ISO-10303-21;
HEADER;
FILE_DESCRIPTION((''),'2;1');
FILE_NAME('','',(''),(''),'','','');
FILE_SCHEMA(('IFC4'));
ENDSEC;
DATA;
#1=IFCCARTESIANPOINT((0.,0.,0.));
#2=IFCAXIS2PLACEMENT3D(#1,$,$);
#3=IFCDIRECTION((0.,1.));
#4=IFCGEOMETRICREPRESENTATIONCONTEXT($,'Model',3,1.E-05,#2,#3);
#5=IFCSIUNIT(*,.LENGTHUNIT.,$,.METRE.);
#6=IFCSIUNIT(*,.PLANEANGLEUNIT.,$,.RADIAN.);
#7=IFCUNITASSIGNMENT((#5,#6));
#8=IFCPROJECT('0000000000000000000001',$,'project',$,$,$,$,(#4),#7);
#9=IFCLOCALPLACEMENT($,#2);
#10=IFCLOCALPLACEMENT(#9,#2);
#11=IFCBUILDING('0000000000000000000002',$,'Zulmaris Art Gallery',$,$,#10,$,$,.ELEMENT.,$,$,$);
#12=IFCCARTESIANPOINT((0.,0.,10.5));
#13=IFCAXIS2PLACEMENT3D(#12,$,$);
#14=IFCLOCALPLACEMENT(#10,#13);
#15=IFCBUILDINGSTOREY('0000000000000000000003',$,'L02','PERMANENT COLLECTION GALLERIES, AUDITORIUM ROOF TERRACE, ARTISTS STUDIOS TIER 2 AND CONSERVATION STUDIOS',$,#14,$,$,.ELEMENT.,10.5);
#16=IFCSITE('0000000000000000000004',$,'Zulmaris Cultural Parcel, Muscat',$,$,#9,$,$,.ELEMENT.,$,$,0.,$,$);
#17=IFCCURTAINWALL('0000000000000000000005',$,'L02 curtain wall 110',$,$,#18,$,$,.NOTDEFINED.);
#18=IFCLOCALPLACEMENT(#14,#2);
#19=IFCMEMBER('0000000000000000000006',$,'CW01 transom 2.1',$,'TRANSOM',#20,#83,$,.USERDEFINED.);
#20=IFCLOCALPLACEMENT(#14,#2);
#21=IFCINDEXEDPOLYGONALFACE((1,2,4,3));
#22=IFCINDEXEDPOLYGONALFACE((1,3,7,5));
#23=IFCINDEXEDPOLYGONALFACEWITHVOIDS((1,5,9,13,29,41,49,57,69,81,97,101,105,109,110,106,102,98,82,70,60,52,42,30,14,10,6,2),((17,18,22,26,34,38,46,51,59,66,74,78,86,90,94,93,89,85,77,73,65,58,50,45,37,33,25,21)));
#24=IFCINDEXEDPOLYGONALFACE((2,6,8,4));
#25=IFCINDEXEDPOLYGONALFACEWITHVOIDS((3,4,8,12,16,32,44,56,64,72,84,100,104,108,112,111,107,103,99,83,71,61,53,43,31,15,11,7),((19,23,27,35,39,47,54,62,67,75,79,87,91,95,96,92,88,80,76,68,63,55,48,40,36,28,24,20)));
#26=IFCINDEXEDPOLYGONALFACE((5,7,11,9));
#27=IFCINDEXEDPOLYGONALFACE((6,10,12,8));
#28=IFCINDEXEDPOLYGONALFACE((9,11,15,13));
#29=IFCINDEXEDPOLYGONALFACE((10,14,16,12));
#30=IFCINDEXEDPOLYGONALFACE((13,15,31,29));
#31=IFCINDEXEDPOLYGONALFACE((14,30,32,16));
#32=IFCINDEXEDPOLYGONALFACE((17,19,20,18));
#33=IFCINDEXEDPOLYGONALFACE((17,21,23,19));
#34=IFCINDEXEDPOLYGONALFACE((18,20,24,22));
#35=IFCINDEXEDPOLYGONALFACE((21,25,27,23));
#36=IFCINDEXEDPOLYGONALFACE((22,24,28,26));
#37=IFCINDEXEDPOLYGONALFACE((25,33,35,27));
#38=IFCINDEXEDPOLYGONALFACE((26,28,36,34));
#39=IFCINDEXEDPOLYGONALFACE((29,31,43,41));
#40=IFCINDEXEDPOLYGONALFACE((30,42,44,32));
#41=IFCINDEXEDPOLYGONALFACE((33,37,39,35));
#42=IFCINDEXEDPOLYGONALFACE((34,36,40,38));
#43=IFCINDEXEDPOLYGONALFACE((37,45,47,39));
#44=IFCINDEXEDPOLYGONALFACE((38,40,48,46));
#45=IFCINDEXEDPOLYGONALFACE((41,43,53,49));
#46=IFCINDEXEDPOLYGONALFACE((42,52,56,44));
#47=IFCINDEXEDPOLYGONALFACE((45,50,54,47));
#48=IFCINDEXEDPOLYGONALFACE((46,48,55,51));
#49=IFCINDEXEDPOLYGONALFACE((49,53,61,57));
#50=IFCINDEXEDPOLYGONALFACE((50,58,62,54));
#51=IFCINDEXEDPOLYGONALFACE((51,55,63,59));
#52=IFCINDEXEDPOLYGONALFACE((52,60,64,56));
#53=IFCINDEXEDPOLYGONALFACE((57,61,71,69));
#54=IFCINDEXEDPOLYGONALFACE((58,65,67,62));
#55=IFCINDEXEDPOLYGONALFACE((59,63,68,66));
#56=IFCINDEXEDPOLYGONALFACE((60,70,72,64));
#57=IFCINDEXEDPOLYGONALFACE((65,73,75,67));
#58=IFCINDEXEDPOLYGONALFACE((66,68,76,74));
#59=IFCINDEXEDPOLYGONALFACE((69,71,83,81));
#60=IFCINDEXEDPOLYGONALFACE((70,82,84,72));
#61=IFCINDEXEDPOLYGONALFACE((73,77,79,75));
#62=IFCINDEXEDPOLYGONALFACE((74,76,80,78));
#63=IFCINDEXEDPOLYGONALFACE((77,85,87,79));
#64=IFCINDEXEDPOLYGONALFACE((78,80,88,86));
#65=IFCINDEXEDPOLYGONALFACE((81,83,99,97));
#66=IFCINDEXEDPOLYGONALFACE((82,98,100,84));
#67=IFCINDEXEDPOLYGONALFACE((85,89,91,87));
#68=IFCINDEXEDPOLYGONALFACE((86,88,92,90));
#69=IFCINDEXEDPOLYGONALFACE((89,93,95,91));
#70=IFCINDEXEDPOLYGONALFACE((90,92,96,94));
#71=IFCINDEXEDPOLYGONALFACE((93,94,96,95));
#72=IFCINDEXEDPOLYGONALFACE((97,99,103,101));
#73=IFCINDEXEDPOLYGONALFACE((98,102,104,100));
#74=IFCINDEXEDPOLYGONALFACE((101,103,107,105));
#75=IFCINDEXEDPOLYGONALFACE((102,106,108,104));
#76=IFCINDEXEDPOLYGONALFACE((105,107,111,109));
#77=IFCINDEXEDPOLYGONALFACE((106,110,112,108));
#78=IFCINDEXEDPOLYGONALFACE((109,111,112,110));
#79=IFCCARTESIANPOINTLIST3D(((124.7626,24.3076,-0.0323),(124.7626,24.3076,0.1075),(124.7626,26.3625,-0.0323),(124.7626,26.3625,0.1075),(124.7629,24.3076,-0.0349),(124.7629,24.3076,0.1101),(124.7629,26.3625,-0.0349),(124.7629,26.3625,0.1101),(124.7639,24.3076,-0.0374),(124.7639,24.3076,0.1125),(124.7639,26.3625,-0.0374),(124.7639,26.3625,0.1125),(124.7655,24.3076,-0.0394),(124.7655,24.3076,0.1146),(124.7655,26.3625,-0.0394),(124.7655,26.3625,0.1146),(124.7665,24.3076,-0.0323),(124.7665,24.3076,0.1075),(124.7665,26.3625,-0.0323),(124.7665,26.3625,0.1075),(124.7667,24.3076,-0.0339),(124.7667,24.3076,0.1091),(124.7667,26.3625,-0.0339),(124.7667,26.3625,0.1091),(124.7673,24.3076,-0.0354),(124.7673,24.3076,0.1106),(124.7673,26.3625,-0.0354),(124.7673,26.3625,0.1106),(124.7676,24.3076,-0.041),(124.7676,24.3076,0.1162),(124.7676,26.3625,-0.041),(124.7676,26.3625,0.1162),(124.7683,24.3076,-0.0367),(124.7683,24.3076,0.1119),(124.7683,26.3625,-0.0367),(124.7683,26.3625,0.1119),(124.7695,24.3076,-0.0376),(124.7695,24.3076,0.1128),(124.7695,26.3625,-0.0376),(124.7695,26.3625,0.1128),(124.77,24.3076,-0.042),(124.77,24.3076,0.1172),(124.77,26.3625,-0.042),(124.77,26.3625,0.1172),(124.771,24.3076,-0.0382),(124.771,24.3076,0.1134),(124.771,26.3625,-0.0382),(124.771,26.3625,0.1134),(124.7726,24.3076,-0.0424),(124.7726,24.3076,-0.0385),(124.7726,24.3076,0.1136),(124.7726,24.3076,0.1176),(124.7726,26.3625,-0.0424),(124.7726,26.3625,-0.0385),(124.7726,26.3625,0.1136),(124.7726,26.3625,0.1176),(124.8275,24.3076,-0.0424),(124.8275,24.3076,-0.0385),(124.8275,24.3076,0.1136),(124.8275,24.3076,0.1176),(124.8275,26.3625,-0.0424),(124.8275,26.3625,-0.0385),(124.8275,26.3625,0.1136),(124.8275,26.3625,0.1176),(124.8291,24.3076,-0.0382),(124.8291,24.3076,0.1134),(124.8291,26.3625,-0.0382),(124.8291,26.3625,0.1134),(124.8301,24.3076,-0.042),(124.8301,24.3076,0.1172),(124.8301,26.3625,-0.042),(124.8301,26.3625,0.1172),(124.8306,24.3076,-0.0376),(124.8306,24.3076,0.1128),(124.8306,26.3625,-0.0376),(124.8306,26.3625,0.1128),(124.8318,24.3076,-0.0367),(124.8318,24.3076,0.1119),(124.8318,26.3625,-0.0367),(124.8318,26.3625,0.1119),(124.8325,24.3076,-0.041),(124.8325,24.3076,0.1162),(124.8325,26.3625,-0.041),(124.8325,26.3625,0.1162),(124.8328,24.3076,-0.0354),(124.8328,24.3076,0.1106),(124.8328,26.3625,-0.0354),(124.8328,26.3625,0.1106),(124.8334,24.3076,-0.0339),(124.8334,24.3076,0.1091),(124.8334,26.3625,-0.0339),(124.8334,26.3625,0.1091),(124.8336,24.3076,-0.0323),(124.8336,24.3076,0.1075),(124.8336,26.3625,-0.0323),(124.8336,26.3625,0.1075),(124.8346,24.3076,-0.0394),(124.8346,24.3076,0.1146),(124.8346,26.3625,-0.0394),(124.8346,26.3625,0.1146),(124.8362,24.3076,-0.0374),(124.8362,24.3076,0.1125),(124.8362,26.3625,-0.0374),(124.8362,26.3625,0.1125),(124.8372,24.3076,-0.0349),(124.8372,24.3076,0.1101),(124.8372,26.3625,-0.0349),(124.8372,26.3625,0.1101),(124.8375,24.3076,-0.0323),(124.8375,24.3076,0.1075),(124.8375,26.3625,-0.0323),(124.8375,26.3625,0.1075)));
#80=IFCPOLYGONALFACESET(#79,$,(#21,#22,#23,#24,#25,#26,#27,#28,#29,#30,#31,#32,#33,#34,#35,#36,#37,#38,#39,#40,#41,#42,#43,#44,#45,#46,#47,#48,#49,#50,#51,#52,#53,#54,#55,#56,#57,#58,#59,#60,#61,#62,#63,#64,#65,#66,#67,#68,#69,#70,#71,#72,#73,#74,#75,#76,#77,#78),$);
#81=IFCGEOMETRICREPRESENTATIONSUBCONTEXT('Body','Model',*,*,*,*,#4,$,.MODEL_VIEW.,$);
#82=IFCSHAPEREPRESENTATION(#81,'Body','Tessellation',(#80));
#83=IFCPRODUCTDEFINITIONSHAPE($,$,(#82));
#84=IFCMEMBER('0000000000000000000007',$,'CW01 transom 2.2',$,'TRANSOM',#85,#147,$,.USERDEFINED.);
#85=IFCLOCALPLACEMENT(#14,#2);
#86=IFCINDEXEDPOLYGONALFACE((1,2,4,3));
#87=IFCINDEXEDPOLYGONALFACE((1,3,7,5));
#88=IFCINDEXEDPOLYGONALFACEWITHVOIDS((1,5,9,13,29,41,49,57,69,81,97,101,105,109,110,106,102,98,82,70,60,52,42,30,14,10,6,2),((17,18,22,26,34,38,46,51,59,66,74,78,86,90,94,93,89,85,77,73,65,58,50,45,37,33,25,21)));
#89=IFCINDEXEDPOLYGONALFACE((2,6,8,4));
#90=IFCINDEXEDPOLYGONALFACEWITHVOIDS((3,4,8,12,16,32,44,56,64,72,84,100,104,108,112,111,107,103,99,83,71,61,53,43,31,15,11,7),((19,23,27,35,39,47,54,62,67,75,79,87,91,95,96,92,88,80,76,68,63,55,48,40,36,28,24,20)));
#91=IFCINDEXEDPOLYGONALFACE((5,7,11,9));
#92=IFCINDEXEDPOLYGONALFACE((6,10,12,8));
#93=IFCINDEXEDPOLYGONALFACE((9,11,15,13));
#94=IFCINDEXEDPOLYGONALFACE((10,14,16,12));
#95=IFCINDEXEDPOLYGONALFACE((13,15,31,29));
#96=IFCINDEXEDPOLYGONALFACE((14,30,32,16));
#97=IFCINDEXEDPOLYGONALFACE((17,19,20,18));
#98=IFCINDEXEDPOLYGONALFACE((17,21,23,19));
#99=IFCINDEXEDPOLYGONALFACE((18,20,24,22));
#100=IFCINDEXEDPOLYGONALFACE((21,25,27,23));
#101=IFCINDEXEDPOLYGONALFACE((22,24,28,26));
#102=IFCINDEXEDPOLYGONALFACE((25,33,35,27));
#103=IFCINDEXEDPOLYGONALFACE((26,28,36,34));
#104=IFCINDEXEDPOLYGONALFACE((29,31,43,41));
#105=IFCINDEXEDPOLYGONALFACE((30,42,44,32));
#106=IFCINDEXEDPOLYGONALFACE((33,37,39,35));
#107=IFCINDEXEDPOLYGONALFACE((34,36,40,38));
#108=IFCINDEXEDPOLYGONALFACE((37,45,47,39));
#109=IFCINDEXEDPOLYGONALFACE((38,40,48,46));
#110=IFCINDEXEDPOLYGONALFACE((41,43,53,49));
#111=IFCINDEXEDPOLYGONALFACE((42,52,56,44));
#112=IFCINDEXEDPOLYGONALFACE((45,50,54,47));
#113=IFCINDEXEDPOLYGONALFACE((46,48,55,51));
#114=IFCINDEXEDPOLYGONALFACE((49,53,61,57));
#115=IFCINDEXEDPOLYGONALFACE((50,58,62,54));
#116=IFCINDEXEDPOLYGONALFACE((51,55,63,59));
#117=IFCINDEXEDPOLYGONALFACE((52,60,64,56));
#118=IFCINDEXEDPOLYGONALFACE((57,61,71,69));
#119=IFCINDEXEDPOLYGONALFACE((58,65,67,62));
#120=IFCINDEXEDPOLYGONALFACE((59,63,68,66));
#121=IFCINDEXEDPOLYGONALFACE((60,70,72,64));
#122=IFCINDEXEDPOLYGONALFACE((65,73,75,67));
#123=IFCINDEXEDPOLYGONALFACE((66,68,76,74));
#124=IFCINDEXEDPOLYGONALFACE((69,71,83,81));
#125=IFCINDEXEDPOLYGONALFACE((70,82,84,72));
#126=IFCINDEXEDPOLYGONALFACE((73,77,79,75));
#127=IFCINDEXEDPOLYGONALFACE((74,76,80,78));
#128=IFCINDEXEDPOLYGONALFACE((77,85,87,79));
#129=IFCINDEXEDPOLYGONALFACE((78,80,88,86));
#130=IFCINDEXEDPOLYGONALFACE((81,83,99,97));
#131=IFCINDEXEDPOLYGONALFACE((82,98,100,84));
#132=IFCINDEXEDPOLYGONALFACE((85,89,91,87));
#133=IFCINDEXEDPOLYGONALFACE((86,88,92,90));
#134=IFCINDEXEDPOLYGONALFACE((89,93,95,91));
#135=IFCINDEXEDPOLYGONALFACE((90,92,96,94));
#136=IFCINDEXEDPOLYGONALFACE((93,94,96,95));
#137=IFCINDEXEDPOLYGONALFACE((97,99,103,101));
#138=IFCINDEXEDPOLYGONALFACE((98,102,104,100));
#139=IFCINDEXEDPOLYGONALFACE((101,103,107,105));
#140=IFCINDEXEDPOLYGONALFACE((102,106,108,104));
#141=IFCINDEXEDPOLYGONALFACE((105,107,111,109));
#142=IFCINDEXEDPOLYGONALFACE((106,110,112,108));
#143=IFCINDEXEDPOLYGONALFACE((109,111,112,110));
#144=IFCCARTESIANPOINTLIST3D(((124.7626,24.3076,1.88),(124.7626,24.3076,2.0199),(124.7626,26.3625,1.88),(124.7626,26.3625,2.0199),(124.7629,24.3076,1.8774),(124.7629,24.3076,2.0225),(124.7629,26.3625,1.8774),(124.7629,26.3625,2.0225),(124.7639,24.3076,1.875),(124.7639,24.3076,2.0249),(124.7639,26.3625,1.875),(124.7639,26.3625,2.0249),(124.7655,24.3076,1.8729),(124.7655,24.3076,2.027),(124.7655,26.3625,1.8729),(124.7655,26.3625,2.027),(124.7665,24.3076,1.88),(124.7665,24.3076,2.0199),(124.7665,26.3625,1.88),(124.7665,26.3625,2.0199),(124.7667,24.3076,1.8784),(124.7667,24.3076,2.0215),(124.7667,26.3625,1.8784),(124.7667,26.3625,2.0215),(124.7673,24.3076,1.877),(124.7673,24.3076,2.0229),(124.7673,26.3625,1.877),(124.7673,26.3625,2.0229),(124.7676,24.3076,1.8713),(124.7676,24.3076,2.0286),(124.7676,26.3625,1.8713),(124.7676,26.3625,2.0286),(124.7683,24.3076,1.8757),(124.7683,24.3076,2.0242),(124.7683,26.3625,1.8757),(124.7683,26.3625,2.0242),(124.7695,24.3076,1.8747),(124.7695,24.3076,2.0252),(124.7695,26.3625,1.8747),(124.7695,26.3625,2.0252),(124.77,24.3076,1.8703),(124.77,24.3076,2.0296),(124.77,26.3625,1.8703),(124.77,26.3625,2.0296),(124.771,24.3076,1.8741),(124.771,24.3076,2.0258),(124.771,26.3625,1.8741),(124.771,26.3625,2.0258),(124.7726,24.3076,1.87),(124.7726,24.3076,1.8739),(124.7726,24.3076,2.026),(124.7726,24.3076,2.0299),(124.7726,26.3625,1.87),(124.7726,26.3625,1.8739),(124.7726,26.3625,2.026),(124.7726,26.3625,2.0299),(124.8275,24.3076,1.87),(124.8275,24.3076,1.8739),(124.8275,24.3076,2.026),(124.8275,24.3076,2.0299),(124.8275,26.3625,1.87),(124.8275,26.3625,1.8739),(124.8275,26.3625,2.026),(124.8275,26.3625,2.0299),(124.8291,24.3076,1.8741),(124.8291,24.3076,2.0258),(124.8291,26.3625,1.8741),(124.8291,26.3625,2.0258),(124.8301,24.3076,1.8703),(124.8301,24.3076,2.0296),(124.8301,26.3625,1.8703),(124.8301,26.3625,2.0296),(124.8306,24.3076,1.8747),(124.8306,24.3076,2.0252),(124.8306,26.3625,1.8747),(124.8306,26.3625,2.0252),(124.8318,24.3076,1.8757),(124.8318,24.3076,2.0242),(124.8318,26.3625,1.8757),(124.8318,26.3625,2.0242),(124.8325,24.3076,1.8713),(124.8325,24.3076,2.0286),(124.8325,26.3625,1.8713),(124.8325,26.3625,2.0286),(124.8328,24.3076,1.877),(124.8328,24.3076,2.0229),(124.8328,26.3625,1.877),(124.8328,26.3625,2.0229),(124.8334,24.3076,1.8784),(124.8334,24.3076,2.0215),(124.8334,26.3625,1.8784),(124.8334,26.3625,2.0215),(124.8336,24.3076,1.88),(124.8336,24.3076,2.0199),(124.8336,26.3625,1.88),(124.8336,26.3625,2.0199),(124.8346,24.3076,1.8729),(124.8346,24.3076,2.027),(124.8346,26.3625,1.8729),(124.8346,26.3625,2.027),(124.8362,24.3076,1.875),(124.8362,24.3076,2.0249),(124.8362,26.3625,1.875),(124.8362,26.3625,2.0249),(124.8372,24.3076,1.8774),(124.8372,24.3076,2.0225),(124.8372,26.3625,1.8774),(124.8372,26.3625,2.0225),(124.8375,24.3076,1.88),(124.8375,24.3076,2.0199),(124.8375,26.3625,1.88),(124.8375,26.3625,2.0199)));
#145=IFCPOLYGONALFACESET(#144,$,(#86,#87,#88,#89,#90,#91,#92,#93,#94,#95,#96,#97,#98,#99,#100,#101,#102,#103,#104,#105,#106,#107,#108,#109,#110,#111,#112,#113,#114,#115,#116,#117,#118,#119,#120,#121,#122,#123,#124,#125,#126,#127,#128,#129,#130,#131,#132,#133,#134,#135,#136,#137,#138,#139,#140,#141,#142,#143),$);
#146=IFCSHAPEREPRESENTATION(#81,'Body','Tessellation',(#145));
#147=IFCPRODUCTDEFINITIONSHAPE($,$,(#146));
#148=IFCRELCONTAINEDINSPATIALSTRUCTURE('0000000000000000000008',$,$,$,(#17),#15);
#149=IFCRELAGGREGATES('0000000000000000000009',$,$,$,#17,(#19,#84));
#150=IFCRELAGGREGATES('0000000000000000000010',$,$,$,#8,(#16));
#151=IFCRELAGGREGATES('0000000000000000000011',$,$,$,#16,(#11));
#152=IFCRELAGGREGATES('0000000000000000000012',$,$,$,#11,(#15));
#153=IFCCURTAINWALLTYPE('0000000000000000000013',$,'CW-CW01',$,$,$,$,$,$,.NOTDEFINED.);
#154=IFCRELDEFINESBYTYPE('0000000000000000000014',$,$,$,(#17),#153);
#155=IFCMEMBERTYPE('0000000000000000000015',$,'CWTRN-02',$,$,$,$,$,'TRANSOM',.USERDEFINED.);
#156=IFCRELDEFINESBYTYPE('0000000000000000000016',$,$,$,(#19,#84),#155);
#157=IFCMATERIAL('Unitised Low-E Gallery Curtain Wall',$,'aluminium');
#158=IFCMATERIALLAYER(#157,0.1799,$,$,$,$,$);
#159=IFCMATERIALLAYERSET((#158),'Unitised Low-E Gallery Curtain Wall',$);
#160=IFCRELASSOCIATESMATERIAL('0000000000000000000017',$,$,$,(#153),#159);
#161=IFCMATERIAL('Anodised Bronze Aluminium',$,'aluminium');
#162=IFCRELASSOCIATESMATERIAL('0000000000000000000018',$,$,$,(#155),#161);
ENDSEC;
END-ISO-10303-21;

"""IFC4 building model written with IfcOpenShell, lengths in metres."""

from ifc_helpers import new_model, si_unit, direction, frame, origin, origin_2d, place, context, subcontext, project, spatial, hollow_rectangle, extrude, material, layer, layer_set, material_profile, profile_set, type_object, element, aggregate, save


model = new_model("IFC4")

# Units and contexts
model_context = context("Model", 3, precision=1e-05, world=origin(), true_north=direction((0.0, 1.0)))
body_context = subcontext(model_context, "Body", "Model", "MODEL_VIEW")
ifc_project = project(units=[si_unit("LENGTHUNIT", "METRE"), si_unit("PLANEANGLEUNIT", "RADIAN")], contexts=[model_context])

# Site, building, storey
site_placement = place(None, origin())
site = spatial("IfcSite", under=ifc_project, at=site_placement, Name="Zulmaris Cultural Parcel, Muscat", CompositionType="ELEMENT", RefElevation=0.0)
building_placement = place(site_placement, origin())
building = spatial("IfcBuilding", under=site, at=building_placement, Name="Zulmaris Art Gallery", CompositionType="ELEMENT")
storey_placement = place(building_placement, frame((0.0, 0.0, 10.5)))
storey = spatial("IfcBuildingStorey", under=building, at=storey_placement, Name="L02", Description="PERMANENT COLLECTION GALLERIES, AUDITORIUM ROOF TERRACE, ARTISTS STUDIOS TIER 2 AND CONSERVATION STUDIOS", CompositionType="ELEMENT", Elevation=10.5)

# Curtain wall, members
ifc_material_1 = material(Name="Unitised Low-E Gallery Curtain Wall", Category="aluminium")
ifc_layer_1 = layer(ifc_material_1, 0.1799)
ifc_layer_set_1 = layer_set([ifc_layer_1], Name="Unitised Low-E Gallery Curtain Wall")
curtain_wall_type = type_object("IfcCurtainWallType", Name="CW-CW01", PredefinedType="NOTDEFINED", material=ifc_layer_set_1)
curtain_wall_placement = place(storey_placement, origin())
curtain_wall = element("IfcCurtainWall", 1, at=curtain_wall_placement, inside=storey, type_object=curtain_wall_type, Name="L02 curtain wall 110", PredefinedType="NOTDEFINED")
ifc_material_2 = material(Name="Anodised Bronze Aluminium", Category="aluminium")
ifc_material_profile_1 = material_profile(ifc_material_2, hollow_rectangle(XDim=0.075, YDim=0.1599, WallThickness=0.0039, InnerFilletRadius=0.0061, OuterFilletRadius=0.01, at=origin_2d()), Name="ALU 75x160x4")
ifc_profile_set_1 = profile_set([ifc_material_profile_1], Name="Anodised Bronze Aluminium")
member_type_1 = type_object("IfcMemberType", Name="CWTRN-02", ElementType="TRANSOM", PredefinedType="USERDEFINED", material=ifc_profile_set_1)
member_1_placement = place(storey_placement, frame((124.8, 24.3076, 0.0376), z_axis=(0.0, 1.0, 0.0), x_axis=(-1.0, 0.0, 0.0)))
member_1 = element("IfcMember", 2, at=member_1_placement, type_object=member_type_1, Name="CW01 transom 2.1", ObjectType="TRANSOM", PredefinedType="USERDEFINED", context=body_context, shape_type="SweptSolid", body=[
    extrude(hollow_rectangle(XDim=0.075, YDim=0.1599, WallThickness=0.0039, InnerFilletRadius=0.0061, OuterFilletRadius=0.01, at=origin_2d()), origin(), (0.0, 0.0, 1.0), 2.0549),
])
member_2_placement = place(storey_placement, frame((124.8, 24.3076, 1.95), z_axis=(0.0, 1.0, 0.0), x_axis=(-1.0, 0.0, 0.0)))
member_2 = element("IfcMember", 3, at=member_2_placement, type_object=member_type_1, Name="CW01 transom 2.2", ObjectType="TRANSOM", PredefinedType="USERDEFINED", context=body_context, shape_type="SweptSolid", body=[
    extrude(hollow_rectangle(XDim=0.075, YDim=0.1599, WallThickness=0.0039, InnerFilletRadius=0.0061, OuterFilletRadius=0.01, at=origin_2d()), origin(), (0.0, 0.0, 1.0), 2.0549),
])
aggregate(curtain_wall, [member_1, member_2])

save(model, "model.ifc")
